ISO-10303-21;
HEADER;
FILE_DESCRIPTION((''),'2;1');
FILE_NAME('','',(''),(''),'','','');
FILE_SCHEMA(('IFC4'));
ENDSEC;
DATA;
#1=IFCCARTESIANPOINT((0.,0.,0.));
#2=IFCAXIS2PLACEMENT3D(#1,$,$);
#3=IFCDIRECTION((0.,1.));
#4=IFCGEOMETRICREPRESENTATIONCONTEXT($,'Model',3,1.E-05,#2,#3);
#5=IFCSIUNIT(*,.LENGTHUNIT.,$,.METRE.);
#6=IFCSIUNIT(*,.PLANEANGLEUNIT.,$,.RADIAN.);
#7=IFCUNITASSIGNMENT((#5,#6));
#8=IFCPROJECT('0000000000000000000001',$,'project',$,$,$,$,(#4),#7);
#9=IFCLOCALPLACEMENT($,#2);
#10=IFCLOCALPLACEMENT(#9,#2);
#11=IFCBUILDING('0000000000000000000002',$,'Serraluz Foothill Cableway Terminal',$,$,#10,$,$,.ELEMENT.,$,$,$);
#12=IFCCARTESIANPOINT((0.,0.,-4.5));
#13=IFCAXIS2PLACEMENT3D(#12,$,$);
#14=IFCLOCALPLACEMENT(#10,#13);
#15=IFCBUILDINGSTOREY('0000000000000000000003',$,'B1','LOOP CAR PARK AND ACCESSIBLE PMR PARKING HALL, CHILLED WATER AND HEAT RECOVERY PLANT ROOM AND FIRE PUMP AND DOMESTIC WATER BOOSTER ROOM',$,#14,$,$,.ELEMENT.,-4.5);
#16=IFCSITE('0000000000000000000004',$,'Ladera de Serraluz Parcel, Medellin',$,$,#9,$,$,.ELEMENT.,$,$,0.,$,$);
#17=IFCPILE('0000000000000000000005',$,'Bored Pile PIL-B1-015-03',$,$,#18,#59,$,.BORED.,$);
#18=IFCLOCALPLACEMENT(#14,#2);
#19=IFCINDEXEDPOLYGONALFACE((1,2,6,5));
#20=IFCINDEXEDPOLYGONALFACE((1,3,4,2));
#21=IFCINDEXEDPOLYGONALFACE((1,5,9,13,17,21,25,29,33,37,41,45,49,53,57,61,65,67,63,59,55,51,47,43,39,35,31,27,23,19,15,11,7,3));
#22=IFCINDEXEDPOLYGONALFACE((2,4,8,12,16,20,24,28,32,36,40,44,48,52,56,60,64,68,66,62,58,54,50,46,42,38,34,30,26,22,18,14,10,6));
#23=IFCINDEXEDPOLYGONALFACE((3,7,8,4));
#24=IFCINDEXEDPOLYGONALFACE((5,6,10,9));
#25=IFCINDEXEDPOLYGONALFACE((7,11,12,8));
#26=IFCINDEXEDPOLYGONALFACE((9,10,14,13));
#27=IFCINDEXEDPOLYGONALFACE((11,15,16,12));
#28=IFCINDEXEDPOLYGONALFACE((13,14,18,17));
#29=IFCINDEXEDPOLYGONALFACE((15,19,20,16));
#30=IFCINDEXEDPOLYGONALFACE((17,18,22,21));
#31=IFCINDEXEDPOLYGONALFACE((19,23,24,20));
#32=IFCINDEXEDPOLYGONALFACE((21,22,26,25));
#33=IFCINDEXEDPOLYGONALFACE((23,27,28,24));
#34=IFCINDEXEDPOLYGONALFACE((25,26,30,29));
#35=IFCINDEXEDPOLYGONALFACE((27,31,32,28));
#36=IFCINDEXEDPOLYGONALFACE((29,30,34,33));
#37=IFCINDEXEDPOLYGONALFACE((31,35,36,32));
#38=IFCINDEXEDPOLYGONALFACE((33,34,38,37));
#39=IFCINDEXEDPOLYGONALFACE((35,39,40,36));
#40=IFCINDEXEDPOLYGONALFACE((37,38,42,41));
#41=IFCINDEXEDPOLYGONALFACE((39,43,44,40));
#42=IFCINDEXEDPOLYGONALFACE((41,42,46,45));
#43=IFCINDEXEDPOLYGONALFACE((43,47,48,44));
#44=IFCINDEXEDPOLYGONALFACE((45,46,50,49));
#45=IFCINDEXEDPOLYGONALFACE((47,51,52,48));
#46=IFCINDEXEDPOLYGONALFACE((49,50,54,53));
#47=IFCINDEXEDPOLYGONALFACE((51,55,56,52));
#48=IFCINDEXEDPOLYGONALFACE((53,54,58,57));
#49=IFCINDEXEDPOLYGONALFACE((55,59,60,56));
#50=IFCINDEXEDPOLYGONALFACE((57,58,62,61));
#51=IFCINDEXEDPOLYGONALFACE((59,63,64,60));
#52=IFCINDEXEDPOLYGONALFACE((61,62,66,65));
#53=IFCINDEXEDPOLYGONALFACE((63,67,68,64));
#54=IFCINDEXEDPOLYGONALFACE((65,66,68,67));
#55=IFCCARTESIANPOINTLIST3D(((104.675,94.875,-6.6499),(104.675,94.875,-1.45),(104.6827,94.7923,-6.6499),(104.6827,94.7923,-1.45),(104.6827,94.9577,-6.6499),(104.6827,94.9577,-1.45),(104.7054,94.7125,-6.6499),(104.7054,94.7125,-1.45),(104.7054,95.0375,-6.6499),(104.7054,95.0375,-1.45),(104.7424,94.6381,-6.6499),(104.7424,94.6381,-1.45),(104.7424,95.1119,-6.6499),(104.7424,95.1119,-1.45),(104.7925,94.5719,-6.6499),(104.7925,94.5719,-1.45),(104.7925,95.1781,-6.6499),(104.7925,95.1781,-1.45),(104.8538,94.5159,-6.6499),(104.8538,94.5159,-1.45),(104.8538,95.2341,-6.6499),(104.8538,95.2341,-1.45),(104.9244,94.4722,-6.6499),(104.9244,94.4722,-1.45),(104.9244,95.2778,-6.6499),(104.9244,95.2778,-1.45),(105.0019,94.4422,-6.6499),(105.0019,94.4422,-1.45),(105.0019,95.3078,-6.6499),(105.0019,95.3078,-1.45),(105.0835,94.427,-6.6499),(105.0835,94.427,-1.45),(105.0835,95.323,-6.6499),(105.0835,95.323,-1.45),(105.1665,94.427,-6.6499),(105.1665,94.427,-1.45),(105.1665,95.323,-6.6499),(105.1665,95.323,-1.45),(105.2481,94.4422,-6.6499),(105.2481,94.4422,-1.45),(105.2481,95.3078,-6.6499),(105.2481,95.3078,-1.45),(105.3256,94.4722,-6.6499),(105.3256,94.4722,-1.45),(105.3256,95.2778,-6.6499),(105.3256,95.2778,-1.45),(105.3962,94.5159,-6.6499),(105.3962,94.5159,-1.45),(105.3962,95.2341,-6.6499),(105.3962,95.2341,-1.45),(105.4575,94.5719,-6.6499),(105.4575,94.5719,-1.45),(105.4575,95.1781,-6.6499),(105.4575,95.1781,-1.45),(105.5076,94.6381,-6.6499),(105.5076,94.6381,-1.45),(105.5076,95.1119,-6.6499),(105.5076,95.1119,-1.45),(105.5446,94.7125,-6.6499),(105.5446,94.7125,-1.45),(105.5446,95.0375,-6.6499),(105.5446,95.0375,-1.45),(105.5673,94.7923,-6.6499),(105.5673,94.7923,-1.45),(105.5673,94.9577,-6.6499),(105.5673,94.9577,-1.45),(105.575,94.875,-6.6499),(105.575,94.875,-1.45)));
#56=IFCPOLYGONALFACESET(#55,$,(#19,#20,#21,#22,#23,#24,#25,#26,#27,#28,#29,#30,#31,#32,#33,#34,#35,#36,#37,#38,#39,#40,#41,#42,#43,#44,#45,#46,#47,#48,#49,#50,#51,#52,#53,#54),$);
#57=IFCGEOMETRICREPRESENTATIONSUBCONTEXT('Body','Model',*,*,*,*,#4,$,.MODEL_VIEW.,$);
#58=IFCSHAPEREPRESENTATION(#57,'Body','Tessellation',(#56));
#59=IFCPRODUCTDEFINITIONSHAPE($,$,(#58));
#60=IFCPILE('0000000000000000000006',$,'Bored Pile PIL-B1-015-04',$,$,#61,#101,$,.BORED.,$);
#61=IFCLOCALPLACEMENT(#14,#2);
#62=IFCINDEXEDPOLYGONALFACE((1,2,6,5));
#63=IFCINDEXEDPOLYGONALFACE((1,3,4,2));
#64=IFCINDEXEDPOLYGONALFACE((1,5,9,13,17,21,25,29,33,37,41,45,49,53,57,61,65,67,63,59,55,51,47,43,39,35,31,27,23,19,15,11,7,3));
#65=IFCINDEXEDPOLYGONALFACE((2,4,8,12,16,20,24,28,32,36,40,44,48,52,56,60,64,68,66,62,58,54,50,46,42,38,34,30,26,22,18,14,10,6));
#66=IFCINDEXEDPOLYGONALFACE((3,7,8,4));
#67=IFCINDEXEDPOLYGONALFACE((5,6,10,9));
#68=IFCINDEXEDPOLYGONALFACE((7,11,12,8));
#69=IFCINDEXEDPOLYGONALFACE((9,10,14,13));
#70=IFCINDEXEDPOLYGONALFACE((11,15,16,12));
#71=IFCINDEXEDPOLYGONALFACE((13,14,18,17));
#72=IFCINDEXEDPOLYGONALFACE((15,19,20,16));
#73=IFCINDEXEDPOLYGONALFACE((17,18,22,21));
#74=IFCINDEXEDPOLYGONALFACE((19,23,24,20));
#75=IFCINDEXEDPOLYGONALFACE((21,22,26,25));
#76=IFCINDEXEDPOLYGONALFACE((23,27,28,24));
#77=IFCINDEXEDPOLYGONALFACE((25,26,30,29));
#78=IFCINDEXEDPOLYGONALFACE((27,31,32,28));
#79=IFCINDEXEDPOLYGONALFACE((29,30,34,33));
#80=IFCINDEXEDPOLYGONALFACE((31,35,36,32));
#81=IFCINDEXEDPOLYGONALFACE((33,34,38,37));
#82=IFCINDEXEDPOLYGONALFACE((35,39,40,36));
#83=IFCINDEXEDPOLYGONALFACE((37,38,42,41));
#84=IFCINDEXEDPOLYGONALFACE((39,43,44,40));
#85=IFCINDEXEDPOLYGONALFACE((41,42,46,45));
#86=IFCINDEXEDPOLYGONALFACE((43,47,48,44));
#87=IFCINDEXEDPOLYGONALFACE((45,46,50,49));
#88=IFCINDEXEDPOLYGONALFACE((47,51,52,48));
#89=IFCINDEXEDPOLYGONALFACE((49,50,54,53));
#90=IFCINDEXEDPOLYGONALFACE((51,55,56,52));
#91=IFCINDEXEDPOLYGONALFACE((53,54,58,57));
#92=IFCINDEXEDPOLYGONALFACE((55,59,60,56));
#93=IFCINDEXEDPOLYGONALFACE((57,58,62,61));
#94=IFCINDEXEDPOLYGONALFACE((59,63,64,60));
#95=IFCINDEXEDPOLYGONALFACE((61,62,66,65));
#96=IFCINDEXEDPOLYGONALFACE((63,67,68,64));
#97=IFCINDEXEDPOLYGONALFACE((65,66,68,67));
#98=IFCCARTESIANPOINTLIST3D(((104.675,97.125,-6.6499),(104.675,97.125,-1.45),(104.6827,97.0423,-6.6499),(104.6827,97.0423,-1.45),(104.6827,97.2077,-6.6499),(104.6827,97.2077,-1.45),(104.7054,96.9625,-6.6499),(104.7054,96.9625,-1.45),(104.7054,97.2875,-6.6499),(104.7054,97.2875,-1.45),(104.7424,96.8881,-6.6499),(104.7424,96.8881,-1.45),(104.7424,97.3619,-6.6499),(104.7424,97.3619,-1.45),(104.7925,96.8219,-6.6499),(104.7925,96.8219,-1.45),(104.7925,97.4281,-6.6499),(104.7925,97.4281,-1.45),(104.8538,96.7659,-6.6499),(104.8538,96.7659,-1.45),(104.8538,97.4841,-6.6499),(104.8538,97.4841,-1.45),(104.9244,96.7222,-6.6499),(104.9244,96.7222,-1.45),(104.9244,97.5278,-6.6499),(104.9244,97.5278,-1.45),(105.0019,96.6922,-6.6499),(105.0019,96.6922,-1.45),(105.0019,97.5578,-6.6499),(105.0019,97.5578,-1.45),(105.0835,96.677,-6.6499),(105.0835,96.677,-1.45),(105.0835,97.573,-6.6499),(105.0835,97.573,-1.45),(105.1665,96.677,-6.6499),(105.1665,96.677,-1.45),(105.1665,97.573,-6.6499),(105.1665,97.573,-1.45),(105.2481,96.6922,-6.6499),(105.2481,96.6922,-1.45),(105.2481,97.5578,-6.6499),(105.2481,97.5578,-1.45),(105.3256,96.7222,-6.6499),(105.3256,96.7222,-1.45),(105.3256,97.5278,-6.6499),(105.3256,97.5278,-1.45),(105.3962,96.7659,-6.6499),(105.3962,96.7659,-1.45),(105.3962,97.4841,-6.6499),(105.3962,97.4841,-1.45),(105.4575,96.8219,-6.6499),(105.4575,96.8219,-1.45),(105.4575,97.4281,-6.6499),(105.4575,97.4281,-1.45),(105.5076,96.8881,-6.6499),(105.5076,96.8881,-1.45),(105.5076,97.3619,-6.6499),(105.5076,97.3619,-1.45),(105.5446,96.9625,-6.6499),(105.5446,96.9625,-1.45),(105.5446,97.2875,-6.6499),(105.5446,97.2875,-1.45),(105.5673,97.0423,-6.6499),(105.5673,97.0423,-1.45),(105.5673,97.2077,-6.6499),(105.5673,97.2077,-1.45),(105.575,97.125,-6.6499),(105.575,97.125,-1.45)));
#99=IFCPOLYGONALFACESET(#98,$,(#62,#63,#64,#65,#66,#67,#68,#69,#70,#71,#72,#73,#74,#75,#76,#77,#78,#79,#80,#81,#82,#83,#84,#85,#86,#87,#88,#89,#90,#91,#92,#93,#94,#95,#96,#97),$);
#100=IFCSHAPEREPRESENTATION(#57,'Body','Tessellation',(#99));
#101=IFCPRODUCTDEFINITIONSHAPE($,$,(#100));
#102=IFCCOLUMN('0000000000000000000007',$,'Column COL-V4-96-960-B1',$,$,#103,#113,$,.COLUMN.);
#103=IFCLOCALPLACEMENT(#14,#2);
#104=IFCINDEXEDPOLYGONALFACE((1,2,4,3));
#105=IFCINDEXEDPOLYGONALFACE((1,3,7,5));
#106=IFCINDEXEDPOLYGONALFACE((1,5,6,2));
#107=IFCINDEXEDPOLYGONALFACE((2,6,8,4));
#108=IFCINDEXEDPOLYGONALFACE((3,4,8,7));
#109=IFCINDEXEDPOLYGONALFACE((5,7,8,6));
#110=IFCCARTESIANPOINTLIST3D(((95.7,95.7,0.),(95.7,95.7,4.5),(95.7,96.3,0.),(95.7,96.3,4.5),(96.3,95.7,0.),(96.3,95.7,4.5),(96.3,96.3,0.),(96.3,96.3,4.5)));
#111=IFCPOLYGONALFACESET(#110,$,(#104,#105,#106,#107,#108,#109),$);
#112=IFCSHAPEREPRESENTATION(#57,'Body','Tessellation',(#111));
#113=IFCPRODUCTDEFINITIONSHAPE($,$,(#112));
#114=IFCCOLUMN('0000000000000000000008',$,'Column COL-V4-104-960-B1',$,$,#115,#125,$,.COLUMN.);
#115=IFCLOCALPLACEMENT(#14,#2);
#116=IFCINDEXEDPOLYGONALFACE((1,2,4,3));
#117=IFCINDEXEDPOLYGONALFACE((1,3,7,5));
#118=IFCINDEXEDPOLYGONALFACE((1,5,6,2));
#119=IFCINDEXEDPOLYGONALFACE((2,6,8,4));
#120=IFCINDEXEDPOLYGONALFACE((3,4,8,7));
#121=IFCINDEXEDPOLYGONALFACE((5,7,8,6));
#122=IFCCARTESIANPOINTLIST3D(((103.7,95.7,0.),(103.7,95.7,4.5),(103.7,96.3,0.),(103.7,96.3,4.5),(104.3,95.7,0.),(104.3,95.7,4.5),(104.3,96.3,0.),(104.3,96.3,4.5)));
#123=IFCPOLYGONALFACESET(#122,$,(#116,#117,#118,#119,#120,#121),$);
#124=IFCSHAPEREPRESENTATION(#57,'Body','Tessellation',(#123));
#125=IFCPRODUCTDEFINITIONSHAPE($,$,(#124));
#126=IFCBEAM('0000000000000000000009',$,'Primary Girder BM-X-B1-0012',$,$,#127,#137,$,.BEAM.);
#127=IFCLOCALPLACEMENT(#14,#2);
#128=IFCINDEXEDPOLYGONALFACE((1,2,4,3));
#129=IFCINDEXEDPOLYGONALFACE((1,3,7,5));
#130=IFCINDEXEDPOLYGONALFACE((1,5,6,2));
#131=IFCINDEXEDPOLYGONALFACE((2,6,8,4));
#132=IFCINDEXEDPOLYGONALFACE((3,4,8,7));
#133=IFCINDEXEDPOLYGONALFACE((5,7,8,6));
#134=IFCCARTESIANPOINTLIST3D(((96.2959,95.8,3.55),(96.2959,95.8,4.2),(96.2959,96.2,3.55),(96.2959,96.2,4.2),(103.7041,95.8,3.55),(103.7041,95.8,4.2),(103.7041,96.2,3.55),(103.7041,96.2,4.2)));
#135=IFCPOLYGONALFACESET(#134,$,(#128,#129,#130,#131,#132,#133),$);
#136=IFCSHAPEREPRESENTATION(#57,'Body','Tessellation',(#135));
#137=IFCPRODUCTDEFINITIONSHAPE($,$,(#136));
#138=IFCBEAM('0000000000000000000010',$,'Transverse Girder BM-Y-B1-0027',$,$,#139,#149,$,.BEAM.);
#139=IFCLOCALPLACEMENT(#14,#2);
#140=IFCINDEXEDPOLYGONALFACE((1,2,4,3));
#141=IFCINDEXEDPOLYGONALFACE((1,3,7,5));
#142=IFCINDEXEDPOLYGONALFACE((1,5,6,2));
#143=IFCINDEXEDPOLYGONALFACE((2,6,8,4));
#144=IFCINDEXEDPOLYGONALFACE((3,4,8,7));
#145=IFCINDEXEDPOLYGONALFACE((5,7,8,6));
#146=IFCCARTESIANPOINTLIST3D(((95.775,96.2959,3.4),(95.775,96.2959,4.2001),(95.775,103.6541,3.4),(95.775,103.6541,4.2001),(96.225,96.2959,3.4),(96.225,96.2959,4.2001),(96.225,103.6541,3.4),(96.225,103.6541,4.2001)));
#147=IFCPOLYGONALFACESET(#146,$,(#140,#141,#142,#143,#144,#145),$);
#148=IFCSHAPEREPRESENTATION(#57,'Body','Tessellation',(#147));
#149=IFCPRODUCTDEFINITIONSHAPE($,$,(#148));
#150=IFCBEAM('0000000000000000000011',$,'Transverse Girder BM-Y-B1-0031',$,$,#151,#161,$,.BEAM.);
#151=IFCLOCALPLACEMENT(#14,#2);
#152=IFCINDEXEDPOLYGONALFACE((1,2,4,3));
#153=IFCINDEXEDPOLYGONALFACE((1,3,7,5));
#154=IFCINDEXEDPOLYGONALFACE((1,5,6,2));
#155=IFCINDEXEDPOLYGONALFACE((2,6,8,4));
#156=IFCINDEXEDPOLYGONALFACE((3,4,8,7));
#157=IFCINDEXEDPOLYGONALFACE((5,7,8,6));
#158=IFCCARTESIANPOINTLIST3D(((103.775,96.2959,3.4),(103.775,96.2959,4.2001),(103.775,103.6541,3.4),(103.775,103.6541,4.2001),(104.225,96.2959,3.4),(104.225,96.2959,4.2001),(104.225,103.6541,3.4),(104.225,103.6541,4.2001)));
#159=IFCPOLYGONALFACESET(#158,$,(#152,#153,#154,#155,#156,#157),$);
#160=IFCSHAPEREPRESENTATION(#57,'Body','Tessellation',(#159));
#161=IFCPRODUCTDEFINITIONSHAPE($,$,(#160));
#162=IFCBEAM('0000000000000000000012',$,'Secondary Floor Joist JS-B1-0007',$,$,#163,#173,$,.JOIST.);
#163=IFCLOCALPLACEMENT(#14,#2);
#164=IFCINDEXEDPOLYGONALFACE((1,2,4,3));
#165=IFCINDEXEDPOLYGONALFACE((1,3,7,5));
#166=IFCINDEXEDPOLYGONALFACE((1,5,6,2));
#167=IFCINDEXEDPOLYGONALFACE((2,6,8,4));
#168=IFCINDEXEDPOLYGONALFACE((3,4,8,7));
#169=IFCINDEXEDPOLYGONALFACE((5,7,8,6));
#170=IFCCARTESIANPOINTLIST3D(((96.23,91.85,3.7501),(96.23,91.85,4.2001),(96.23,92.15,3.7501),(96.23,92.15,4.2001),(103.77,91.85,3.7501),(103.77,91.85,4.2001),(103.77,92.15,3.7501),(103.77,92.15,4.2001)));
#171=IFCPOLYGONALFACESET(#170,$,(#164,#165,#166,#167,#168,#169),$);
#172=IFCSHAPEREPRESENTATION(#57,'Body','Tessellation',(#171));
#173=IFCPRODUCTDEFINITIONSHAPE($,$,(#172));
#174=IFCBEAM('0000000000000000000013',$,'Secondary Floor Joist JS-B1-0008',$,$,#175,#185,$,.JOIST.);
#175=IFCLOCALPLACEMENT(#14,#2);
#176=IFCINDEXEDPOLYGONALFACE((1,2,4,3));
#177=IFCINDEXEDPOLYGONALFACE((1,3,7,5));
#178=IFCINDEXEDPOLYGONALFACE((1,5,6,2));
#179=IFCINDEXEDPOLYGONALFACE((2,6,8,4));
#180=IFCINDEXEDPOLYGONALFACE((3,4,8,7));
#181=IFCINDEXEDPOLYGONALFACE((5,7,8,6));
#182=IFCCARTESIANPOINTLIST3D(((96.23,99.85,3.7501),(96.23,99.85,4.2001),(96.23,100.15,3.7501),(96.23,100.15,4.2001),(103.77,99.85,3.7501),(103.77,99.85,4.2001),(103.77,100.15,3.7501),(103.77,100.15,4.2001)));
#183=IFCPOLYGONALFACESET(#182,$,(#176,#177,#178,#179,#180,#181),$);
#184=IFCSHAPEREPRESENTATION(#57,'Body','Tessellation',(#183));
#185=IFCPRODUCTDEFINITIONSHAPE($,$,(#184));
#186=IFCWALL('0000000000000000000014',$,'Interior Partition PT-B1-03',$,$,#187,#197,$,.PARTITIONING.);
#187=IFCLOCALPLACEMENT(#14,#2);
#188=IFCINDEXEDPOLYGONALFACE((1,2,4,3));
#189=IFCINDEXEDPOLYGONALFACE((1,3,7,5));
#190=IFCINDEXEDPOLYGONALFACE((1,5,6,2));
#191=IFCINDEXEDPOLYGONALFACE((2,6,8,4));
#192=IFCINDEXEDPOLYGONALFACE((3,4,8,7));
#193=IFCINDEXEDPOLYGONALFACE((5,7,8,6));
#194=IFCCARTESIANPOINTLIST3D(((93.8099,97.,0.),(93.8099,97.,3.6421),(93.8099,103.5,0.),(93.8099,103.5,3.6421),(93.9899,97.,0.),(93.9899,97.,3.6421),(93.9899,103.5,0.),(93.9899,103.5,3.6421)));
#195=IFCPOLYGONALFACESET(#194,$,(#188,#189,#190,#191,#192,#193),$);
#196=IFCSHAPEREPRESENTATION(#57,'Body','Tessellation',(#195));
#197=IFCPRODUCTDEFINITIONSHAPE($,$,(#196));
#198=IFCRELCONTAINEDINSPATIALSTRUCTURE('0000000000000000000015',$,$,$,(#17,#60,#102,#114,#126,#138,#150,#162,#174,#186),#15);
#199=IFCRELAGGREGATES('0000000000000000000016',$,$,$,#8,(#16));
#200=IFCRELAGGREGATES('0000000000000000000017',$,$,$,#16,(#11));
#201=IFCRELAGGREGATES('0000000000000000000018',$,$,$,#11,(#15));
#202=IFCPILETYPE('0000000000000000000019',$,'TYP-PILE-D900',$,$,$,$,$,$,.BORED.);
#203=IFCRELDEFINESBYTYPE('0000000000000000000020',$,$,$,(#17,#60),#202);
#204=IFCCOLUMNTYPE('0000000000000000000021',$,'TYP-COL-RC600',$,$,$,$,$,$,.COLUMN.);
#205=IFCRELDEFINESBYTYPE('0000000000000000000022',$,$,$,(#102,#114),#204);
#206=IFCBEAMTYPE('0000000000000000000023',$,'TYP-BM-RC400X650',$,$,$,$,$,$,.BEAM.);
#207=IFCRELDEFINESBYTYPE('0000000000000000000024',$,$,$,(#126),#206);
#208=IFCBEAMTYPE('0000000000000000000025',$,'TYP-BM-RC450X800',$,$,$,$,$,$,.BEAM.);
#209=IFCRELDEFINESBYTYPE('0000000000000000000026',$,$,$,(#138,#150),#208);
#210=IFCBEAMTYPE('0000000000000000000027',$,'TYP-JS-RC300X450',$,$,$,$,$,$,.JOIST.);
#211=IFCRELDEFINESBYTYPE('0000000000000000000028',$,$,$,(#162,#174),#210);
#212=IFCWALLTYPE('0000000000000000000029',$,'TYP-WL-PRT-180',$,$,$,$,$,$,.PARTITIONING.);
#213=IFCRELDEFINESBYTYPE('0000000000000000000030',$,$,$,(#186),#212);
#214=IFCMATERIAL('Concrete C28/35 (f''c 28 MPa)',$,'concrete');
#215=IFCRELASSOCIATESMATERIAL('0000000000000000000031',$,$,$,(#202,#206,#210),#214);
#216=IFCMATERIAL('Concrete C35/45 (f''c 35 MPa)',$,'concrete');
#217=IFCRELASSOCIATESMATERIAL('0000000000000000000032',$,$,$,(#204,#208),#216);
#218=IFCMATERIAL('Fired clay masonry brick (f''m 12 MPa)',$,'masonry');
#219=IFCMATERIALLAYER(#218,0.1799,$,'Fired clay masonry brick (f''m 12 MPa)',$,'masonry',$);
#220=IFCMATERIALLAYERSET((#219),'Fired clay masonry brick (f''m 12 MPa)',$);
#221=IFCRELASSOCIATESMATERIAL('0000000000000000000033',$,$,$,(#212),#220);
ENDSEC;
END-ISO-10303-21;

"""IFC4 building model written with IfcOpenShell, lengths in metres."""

from ifc_helpers import new_model, si_unit, direction, frame, frame_2d, origin, origin_2d, place, context, subcontext, project, spatial, rectangle, circle, extrude, material, layer, layer_set, material_profile, profile_set, type_object, element, save


model = new_model("IFC4")

# Units and contexts
model_context = context("Model", 3, precision=1e-05, world=origin(), true_north=direction((0.0, 1.0)))
body_context = subcontext(model_context, "Body", "Model", "MODEL_VIEW")
ifc_project = project(units=[si_unit("LENGTHUNIT", "METRE"), si_unit("PLANEANGLEUNIT", "RADIAN")], contexts=[model_context])

# Site, building, storey
site_placement = place(None, origin())
site = spatial("IfcSite", under=ifc_project, at=site_placement, Name="Ladera de Serraluz Parcel, Medellin", CompositionType="ELEMENT", RefElevation=0.0)
building_placement = place(site_placement, origin())
building = spatial("IfcBuilding", under=site, at=building_placement, Name="Serraluz Foothill Cableway Terminal", CompositionType="ELEMENT")
storey_placement = place(building_placement, frame((0.0, 0.0, -4.5)))
storey = spatial("IfcBuildingStorey", under=building, at=storey_placement, Name="B1", Description="LOOP CAR PARK AND ACCESSIBLE PMR PARKING HALL, CHILLED WATER AND HEAT RECOVERY PLANT ROOM AND FIRE PUMP AND DOMESTIC WATER BOOSTER ROOM", CompositionType="ELEMENT", Elevation=-4.5)

# Shared definitions
ifc_material_1 = material(Name="Concrete C35/45 (f'c 35 MPa)", Category="concrete")

# Piles
ifc_material_2 = material(Name="Concrete C28/35 (f'c 28 MPa)", Category="concrete")
ifc_material_profile_1 = material_profile(ifc_material_2, circle(Radius=0.45, at=origin_2d()), Name="BORED PILE D900")
ifc_profile_set_1 = profile_set([ifc_material_profile_1], Name="Concrete C28/35 (f'c 28 MPa)")
pile_type = type_object("IfcPileType", Name="TYP-PILE-D900", PredefinedType="BORED", material=ifc_profile_set_1)
for number, where, z_axis, x_axis, name in (
    (1, (105.125, 94.875, -1.45), (0.0, 0.0, -1.0), (1.0, 0.0, 0.0), "Bored Pile PIL-B1-015-03"),
    (2, (105.125, 97.125, -1.45), (0.0, 0.0, -1.0), (1.0, 0.0, 0.0), "Bored Pile PIL-B1-015-04"),
):
    element("IfcPile", number, at=place(storey_placement, frame(where, z_axis=z_axis, x_axis=x_axis)), inside=storey, type_object=pile_type, Name=name, PredefinedType="BORED", context=body_context, shape_type="SweptSolid", body=[
        extrude(circle(Radius=0.45, at=origin_2d()), origin(), (0.0, 0.0, 1.0), 5.2),
    ])

# Columns
ifc_material_profile_2 = material_profile(ifc_material_1, rectangle(XDim=0.6001, YDim=0.6001, at=origin_2d()), Name="RC 600x600")
ifc_profile_set_2 = profile_set([ifc_material_profile_2], Name="Concrete C35/45 (f'c 35 MPa)")
column_type = type_object("IfcColumnType", Name="TYP-COL-RC600", PredefinedType="COLUMN", material=ifc_profile_set_2)
for number, where, z_axis, x_axis, name in (
    (3, (96.0, 96.0, 0.0), (0.0, 0.0, 1.0), (1.0, 0.0, 0.0), "Column COL-V4-96-960-B1"),
    (4, (104.0, 96.0, 0.0), (0.0, 0.0, 1.0), (1.0, 0.0, 0.0), "Column COL-V4-104-960-B1"),
):
    element("IfcColumn", number, at=place(storey_placement, frame(where, z_axis=z_axis, x_axis=x_axis)), inside=storey, type_object=column_type, Name=name, PredefinedType="COLUMN", context=body_context, shape_type="SweptSolid", body=[
        extrude(rectangle(XDim=0.6001, YDim=0.6001, at=origin_2d()), origin(), (0.0, 0.0, 1.0), 4.5),
    ])

# Beams
ifc_material_profile_3 = material_profile(ifc_material_2, rectangle(XDim=0.3999, YDim=0.6499, at=origin_2d()), Name="RC 400x650")
ifc_profile_set_3 = profile_set([ifc_material_profile_3], Name="Concrete C28/35 (f'c 28 MPa)")
beam_type_1 = type_object("IfcBeamType", Name="TYP-BM-RC400X650", PredefinedType="BEAM", material=ifc_profile_set_3)
beam_placement = place(storey_placement, frame((96.2959, 96.0, 3.875), z_axis=(1.0, 0.0, 0.0), x_axis=(0.0, 1.0, 0.0)))
element("IfcBeam", 5, at=beam_placement, inside=storey, type_object=beam_type_1, Name="Primary Girder BM-X-B1-0012", PredefinedType="BEAM", context=body_context, shape_type="SweptSolid", body=[
    extrude(rectangle(XDim=0.3999, YDim=0.6499, at=origin_2d()), origin(), (0.0, 0.0, 1.0), 7.4082),
])
ifc_material_profile_4 = material_profile(ifc_material_1, rectangle(XDim=0.45, YDim=0.8, at=origin_2d()), Name="RC 450x800")
ifc_profile_set_4 = profile_set([ifc_material_profile_4], Name="Concrete C35/45 (f'c 35 MPa)")
beam_type_2 = type_object("IfcBeamType", Name="TYP-BM-RC450X800", PredefinedType="BEAM", material=ifc_profile_set_4)
for number, where, z_axis, x_axis, name in (
    (6, (96.0, 96.2959, 3.8), (0.0, 1.0, 0.0), (-1.0, 0.0, 0.0), "Transverse Girder BM-Y-B1-0027"),
    (7, (104.0, 96.2959, 3.8), (0.0, 1.0, 0.0), (-1.0, 0.0, 0.0), "Transverse Girder BM-Y-B1-0031"),
):
    element("IfcBeam", number, at=place(storey_placement, frame(where, z_axis=z_axis, x_axis=x_axis)), inside=storey, type_object=beam_type_2, Name=name, PredefinedType="BEAM", context=body_context, shape_type="SweptSolid", body=[
        extrude(rectangle(XDim=0.45, YDim=0.8, at=origin_2d()), origin(), (0.0, 0.0, 1.0), 7.3582),
    ])
ifc_material_profile_5 = material_profile(ifc_material_2, rectangle(XDim=0.3, YDim=0.45, at=origin_2d()), Name="RC 300x450")
ifc_profile_set_5 = profile_set([ifc_material_profile_5], Name="Concrete C28/35 (f'c 28 MPa)")
beam_type_3 = type_object("IfcBeamType", Name="TYP-JS-RC300X450", PredefinedType="JOIST", material=ifc_profile_set_5)
for number, where, z_axis, x_axis, name in (
    (8, (96.23, 92.0, 3.9751), (1.0, 0.0, 0.0), (0.0, 1.0, 0.0), "Secondary Floor Joist JS-B1-0007"),
    (9, (96.23, 100.0, 3.9751), (1.0, 0.0, 0.0), (0.0, 1.0, 0.0), "Secondary Floor Joist JS-B1-0008"),
):
    element("IfcBeam", number, at=place(storey_placement, frame(where, z_axis=z_axis, x_axis=x_axis)), inside=storey, type_object=beam_type_3, Name=name, PredefinedType="JOIST", context=body_context, shape_type="SweptSolid", body=[
        extrude(rectangle(XDim=0.3, YDim=0.45, at=origin_2d()), origin(), (0.0, 0.0, 1.0), 7.54),
    ])

# Wall
ifc_material_3 = material(Name="Fired clay masonry brick (f'm 12 MPa)", Category="masonry")
ifc_layer = layer(ifc_material_3, 0.1799, Name="Fired clay masonry brick (f'm 12 MPa)", Category="masonry")
ifc_layer_set = layer_set([ifc_layer], Name="Fired clay masonry brick (f'm 12 MPa)")
wall_type = type_object("IfcWallType", Name="TYP-WL-PRT-180", PredefinedType="PARTITIONING", material=ifc_layer_set)
wall_placement = place(storey_placement, frame((93.8999, 97.0, 0.0), z_axis=(0.0, 0.0, 1.0), x_axis=(0.0, 1.0, 0.0)))
element("IfcWall", 10, at=wall_placement, inside=storey, type_object=wall_type, Name="Interior Partition PT-B1-03", PredefinedType="PARTITIONING", context=body_context, shape_type="SweptSolid", body=[
    extrude(rectangle(XDim=6.5, YDim=0.1799, at=frame_2d((3.25, 0.0))), origin(), (0.0, 0.0, 1.0), 3.6421),
])

save(model, "model.ifc")
